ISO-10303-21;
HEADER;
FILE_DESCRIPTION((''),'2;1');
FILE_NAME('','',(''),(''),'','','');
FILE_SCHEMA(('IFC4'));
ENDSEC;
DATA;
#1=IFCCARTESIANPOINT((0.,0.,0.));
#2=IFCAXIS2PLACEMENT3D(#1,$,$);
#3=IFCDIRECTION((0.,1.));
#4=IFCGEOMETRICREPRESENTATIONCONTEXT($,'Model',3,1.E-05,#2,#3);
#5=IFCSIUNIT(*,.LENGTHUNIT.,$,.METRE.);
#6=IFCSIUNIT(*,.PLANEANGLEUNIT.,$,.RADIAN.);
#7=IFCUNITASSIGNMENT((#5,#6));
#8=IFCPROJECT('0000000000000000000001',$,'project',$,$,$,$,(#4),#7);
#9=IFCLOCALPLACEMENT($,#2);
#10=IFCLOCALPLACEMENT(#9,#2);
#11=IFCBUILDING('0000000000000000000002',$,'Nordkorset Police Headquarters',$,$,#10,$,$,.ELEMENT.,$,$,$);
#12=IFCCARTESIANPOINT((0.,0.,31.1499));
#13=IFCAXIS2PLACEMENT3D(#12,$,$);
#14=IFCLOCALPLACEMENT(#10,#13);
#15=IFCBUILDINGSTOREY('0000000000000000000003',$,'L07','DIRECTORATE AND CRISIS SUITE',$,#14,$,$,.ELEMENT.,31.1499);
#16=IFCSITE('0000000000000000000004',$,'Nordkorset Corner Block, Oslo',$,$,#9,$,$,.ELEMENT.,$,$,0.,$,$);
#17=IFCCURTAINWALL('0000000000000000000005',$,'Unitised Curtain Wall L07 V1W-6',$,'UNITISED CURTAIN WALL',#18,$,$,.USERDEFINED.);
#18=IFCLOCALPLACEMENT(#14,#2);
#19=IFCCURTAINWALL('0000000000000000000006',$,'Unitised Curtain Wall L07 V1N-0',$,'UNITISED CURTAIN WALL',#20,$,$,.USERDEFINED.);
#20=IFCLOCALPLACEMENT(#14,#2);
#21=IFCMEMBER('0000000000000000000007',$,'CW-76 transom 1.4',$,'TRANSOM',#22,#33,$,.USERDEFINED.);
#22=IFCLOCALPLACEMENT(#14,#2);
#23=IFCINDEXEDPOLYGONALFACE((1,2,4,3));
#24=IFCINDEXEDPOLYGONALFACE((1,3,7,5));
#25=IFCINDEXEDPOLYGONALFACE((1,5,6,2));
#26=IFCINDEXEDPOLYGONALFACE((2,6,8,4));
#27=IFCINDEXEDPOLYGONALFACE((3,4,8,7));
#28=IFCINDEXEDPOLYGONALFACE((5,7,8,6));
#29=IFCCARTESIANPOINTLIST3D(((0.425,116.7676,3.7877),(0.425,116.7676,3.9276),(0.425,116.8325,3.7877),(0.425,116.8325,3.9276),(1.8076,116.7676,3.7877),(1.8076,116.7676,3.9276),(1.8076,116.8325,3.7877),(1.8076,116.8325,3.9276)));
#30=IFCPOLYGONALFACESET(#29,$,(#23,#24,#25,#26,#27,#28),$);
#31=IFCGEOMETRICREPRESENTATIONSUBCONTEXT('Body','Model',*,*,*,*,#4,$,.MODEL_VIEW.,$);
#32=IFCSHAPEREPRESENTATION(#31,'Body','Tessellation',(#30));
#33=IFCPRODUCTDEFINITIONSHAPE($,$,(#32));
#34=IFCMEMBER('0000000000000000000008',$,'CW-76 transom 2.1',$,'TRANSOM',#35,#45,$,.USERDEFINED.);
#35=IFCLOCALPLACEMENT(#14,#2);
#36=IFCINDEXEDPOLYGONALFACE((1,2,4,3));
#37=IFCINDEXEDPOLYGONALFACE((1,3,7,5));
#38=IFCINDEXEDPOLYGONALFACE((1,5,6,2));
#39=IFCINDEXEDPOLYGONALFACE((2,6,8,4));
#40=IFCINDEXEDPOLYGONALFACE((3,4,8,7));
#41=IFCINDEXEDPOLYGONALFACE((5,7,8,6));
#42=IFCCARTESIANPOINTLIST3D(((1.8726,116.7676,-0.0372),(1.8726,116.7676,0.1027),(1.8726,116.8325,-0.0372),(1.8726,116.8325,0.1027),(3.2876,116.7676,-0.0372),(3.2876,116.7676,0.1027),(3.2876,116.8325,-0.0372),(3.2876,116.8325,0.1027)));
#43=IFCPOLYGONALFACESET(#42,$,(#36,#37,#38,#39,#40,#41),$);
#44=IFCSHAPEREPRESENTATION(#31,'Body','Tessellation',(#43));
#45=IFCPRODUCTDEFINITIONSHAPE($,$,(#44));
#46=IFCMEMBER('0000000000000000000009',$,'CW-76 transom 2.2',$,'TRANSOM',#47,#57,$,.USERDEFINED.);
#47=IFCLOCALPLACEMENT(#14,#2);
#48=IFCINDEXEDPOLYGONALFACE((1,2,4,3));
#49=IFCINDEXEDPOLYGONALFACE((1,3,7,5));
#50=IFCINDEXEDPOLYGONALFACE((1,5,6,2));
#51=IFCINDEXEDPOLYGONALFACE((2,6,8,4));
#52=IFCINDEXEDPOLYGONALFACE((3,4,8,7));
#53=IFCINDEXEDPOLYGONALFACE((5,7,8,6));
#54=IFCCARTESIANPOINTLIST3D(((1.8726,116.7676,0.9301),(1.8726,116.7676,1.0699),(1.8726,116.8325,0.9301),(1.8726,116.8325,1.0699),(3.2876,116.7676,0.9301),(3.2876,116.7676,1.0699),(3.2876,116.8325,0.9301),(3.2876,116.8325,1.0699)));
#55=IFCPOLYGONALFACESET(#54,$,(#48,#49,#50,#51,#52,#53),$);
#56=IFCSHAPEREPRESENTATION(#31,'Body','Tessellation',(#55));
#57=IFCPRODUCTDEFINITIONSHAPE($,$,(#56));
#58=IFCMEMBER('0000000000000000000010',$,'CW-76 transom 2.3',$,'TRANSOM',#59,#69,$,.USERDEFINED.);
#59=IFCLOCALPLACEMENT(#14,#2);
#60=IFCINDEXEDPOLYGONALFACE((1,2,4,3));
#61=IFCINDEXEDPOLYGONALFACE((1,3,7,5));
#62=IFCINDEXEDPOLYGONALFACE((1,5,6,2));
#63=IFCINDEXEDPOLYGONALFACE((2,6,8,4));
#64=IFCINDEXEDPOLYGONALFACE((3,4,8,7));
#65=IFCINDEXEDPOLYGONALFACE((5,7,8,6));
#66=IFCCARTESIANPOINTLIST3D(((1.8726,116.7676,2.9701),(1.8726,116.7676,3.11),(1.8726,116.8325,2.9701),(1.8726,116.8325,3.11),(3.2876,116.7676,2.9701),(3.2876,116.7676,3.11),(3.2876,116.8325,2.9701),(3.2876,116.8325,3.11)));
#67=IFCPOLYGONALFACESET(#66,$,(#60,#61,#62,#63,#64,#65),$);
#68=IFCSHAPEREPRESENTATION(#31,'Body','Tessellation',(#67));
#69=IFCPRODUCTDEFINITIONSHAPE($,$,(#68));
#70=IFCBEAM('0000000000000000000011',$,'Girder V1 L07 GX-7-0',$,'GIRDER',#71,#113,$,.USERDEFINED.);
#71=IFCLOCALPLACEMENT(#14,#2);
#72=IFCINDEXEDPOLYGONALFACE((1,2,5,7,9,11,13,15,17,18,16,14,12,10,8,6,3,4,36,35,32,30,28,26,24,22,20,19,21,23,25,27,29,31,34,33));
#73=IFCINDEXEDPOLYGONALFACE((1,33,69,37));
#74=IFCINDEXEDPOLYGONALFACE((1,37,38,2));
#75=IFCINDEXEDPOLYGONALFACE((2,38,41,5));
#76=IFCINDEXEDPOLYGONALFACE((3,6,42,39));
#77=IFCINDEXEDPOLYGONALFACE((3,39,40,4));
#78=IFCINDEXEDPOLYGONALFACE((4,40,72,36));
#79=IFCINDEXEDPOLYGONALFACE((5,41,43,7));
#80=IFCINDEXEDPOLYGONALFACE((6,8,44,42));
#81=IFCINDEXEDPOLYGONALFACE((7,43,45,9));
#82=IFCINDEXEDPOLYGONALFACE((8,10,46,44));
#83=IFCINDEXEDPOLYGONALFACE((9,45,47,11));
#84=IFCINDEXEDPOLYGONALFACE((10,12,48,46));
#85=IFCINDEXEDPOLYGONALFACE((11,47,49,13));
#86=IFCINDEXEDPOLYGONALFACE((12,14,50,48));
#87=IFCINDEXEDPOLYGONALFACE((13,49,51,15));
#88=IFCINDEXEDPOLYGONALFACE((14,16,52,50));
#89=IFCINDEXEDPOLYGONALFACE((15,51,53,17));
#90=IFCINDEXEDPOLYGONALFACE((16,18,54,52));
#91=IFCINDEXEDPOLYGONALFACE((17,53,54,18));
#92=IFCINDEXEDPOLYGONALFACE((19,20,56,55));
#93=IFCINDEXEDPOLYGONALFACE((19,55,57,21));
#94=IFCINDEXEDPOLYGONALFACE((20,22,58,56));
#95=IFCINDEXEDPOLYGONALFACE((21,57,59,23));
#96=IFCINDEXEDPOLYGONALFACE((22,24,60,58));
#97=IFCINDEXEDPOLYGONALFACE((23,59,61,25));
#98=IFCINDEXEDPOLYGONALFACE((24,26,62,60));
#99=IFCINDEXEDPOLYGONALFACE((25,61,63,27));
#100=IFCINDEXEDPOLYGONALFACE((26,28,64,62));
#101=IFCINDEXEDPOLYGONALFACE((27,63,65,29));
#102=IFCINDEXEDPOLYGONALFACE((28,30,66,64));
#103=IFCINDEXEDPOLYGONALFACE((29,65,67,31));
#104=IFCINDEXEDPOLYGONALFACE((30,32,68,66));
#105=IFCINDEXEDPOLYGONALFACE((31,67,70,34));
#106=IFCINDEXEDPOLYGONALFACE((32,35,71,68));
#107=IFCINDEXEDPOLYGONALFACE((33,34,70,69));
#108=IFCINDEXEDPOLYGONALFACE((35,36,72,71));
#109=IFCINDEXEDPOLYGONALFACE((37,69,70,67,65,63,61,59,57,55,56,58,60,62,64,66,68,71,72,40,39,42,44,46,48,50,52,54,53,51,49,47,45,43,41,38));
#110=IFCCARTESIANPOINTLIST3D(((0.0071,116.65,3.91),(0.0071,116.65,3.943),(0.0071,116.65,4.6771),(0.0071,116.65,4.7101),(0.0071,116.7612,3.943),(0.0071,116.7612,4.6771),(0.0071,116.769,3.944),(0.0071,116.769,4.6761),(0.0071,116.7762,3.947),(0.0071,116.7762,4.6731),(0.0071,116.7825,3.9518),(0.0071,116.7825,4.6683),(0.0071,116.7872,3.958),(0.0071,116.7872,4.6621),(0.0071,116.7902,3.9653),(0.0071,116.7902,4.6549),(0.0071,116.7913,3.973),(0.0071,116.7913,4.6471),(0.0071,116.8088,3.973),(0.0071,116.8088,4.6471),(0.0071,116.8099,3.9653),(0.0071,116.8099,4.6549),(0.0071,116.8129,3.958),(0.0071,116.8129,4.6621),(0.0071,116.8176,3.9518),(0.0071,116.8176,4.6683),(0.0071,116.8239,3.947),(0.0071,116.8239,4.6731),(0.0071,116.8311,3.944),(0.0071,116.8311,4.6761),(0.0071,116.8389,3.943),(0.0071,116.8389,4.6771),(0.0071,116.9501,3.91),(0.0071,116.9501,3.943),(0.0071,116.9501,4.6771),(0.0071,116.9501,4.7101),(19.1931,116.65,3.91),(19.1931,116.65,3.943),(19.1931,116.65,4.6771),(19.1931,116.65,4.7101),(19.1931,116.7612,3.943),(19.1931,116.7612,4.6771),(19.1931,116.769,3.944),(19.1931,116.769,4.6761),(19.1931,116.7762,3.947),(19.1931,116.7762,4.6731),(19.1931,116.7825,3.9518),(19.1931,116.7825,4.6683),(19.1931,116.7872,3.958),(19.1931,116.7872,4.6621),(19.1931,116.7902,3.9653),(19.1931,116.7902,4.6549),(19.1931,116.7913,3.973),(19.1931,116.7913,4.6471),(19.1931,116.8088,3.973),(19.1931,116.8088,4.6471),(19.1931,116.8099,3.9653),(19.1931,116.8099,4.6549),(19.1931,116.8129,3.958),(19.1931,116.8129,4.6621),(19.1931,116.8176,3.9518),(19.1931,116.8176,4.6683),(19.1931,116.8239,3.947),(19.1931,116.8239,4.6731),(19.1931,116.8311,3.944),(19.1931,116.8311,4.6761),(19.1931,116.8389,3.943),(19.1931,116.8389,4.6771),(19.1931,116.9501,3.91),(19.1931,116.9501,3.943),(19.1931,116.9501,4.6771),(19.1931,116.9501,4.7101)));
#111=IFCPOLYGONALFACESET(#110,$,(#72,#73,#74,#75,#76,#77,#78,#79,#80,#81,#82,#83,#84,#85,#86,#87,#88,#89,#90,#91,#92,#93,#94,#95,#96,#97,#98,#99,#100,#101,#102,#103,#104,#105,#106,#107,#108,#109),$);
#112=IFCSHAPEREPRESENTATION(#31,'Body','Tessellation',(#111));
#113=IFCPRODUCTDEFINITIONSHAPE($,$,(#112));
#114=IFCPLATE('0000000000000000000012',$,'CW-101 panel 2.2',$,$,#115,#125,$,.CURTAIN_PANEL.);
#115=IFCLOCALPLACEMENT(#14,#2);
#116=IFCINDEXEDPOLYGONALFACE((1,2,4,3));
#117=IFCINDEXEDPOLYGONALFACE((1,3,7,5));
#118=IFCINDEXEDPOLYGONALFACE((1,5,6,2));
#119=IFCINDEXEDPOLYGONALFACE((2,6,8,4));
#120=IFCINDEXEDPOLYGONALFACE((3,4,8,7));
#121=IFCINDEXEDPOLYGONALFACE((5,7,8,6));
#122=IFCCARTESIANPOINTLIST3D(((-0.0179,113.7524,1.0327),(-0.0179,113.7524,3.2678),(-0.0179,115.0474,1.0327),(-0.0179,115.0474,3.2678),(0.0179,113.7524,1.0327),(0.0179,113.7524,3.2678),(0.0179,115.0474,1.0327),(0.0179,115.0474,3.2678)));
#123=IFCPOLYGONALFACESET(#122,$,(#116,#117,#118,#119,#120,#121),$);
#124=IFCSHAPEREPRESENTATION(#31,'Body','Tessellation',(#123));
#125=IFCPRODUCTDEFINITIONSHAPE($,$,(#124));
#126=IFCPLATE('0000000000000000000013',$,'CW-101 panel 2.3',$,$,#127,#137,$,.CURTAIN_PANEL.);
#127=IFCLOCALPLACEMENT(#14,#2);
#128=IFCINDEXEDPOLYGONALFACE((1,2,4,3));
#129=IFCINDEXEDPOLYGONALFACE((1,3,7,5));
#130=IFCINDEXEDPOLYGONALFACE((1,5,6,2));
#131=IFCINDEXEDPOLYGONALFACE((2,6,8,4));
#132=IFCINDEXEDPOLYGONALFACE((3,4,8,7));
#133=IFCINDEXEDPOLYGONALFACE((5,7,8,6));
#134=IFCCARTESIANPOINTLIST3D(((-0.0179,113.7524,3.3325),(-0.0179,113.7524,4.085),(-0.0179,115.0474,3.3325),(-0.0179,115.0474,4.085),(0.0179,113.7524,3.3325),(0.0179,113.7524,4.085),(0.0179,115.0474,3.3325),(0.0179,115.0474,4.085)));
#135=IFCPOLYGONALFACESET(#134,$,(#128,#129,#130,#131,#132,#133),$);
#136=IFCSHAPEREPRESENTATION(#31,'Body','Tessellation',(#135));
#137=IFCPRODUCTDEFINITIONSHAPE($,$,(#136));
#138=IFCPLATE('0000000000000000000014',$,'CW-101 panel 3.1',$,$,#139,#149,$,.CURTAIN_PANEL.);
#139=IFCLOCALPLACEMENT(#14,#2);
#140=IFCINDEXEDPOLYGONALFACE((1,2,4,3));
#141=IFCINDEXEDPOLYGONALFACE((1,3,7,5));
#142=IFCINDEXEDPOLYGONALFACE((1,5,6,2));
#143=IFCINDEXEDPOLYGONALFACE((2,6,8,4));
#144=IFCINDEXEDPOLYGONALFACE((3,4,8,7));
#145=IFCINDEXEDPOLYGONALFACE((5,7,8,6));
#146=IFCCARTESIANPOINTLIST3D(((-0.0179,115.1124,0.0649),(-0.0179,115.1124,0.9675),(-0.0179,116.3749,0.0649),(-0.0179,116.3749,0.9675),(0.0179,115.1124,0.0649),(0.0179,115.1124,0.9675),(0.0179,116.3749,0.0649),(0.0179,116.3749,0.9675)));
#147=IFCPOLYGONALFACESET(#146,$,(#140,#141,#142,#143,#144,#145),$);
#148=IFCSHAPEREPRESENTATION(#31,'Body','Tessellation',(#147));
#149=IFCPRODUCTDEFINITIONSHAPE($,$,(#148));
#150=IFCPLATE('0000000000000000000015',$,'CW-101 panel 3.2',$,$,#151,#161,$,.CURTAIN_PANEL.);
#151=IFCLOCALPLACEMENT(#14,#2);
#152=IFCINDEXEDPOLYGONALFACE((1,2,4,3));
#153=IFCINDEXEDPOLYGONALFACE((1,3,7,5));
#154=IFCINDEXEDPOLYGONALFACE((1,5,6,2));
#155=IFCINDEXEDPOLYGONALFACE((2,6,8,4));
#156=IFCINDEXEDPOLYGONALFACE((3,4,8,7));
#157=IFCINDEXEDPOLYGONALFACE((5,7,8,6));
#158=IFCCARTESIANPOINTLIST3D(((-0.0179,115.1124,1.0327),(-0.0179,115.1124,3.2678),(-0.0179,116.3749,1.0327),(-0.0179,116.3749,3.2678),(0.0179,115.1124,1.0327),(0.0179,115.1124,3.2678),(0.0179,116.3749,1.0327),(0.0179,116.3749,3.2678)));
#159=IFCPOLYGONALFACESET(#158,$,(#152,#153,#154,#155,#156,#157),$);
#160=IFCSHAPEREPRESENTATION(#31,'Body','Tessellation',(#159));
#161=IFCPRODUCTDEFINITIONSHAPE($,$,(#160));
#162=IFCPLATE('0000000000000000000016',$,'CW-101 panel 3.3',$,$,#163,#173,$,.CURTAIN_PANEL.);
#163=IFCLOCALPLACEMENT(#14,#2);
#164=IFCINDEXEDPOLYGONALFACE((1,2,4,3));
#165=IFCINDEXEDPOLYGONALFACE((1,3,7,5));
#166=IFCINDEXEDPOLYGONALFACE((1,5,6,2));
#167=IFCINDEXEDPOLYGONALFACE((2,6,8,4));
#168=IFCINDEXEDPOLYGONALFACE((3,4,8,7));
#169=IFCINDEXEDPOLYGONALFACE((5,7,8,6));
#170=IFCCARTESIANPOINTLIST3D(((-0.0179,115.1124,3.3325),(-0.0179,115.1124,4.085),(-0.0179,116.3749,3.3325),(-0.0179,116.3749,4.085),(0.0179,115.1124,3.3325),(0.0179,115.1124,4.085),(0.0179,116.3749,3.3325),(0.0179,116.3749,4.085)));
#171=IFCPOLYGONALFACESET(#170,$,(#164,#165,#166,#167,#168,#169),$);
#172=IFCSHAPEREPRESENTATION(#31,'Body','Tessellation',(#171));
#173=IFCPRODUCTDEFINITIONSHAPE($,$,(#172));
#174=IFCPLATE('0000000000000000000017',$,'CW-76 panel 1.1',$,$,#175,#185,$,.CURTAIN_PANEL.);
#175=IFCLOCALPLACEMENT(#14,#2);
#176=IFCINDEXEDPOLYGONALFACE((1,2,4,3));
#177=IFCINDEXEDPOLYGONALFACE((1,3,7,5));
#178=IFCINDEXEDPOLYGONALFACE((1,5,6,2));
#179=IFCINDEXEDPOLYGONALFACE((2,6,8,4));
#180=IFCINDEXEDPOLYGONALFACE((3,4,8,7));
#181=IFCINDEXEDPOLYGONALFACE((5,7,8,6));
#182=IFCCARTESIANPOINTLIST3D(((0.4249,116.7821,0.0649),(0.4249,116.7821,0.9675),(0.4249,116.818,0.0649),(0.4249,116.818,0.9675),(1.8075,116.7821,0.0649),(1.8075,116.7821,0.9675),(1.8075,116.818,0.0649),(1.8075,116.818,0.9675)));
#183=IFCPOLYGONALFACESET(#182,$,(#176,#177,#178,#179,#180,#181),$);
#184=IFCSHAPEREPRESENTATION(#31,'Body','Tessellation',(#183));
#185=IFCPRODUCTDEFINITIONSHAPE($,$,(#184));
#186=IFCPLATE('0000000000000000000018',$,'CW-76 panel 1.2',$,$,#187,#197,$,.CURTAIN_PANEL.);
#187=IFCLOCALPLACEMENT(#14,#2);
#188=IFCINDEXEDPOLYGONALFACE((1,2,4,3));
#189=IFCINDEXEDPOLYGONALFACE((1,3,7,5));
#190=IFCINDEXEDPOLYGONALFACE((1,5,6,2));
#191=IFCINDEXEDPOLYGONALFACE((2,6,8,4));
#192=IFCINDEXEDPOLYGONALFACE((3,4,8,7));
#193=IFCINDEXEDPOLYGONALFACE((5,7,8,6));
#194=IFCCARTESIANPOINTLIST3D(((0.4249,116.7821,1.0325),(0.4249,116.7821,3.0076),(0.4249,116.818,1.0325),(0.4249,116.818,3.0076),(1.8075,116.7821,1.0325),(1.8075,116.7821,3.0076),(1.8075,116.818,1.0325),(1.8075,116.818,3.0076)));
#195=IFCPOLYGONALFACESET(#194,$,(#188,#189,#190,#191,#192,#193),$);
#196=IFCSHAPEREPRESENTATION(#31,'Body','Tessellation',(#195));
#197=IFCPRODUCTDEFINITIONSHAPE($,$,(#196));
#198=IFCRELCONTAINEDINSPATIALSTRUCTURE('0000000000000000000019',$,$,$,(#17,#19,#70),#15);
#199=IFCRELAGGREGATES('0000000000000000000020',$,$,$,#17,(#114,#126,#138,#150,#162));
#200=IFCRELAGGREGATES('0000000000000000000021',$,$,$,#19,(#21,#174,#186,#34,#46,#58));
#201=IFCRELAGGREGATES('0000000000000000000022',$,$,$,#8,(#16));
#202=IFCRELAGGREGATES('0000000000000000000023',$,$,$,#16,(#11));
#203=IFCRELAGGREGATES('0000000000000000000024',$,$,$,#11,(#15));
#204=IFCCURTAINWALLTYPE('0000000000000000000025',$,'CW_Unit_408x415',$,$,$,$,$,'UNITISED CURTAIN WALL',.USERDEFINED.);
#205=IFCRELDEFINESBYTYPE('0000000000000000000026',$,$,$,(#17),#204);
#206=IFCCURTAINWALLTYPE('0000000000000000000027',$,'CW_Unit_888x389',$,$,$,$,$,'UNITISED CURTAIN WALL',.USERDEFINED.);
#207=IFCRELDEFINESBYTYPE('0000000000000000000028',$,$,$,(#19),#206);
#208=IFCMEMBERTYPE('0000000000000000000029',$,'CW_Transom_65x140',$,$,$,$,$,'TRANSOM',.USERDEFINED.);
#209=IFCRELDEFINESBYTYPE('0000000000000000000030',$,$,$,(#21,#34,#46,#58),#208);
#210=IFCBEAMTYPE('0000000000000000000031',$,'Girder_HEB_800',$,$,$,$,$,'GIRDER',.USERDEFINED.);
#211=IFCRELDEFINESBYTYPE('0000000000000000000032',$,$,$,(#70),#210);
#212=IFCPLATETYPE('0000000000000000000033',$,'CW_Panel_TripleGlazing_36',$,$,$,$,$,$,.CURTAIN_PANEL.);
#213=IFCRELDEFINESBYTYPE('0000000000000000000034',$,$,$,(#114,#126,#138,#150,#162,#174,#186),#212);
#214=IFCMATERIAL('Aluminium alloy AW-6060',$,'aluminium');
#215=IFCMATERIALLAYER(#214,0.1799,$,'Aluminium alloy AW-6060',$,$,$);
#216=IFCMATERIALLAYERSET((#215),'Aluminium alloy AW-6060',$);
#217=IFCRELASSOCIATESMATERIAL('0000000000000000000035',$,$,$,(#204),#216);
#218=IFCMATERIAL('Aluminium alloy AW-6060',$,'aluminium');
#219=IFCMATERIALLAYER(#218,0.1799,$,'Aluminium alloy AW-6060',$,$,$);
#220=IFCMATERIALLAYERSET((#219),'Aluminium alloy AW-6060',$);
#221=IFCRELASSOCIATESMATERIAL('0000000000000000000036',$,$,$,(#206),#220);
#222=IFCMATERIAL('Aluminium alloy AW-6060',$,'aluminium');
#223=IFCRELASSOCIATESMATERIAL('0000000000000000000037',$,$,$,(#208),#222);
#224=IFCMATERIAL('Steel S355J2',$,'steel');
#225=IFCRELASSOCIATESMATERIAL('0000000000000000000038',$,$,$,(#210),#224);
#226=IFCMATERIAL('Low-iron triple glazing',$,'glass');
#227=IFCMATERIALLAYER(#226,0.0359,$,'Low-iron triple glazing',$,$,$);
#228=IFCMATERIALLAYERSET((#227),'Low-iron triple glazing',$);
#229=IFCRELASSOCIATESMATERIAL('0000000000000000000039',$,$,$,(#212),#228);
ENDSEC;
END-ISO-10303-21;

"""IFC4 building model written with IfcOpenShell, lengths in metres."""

from ifc_helpers import new_model, si_unit, direction, frame, origin, origin_2d, place, context, subcontext, project, spatial, rectangle, i_section, extrude, material, layer, layer_set, material_profile, profile_set, type_object, element, aggregate, save


model = new_model("IFC4")

# Units and contexts
model_context = context("Model", 3, precision=1e-05, world=origin(), true_north=direction((0.0, 1.0)))
body_context = subcontext(model_context, "Body", "Model", "MODEL_VIEW")
ifc_project = project(units=[si_unit("LENGTHUNIT", "METRE"), si_unit("PLANEANGLEUNIT", "RADIAN")], contexts=[model_context])

# Site, building, storey
site_placement = place(None, origin())
site = spatial("IfcSite", under=ifc_project, at=site_placement, Name="Nordkorset Corner Block, Oslo", CompositionType="ELEMENT", RefElevation=0.0)
building_placement = place(site_placement, origin())
building = spatial("IfcBuilding", under=site, at=building_placement, Name="Nordkorset Police Headquarters", CompositionType="ELEMENT")
storey_placement = place(building_placement, frame((0.0, 0.0, 31.1499)))
storey = spatial("IfcBuildingStorey", under=building, at=storey_placement, Name="L07", Description="DIRECTORATE AND CRISIS SUITE", CompositionType="ELEMENT", Elevation=31.1499)

# Curtain walls
ifc_material_1 = material(Name="Aluminium alloy AW-6060", Category="aluminium")
ifc_layer_1 = layer(ifc_material_1, 0.1799, Name="Aluminium alloy AW-6060")
ifc_layer_set_1 = layer_set([ifc_layer_1], Name="Aluminium alloy AW-6060")
curtain_wall_type_1 = type_object("IfcCurtainWallType", Name="CW_Unit_408x415", ElementType="UNITISED CURTAIN WALL", PredefinedType="USERDEFINED", material=ifc_layer_set_1)
curtain_wall_1_placement = place(storey_placement, origin())
curtain_wall_1 = element("IfcCurtainWall", 1, at=curtain_wall_1_placement, inside=storey, type_object=curtain_wall_type_1, Name="Unitised Curtain Wall L07 V1W-6", ObjectType="UNITISED CURTAIN WALL", PredefinedType="USERDEFINED")
ifc_material_2 = material(Name="Aluminium alloy AW-6060", Category="aluminium")
ifc_layer_2 = layer(ifc_material_2, 0.1799, Name="Aluminium alloy AW-6060")
ifc_layer_set_2 = layer_set([ifc_layer_2], Name="Aluminium alloy AW-6060")
curtain_wall_type_2 = type_object("IfcCurtainWallType", Name="CW_Unit_888x389", ElementType="UNITISED CURTAIN WALL", PredefinedType="USERDEFINED", material=ifc_layer_set_2)
curtain_wall_2_placement = place(storey_placement, origin())
curtain_wall_2 = element("IfcCurtainWall", 2, at=curtain_wall_2_placement, inside=storey, type_object=curtain_wall_type_2, Name="Unitised Curtain Wall L07 V1N-0", ObjectType="UNITISED CURTAIN WALL", PredefinedType="USERDEFINED")

# Members
ifc_material_3 = material(Name="Aluminium alloy AW-6060", Category="aluminium")
ifc_material_profile_1 = material_profile(ifc_material_3, rectangle(XDim=0.0649, YDim=0.1399, at=origin_2d()), Name="ALU TRAN 65x140")
ifc_profile_set_1 = profile_set([ifc_material_profile_1], Name="Aluminium alloy AW-6060")
member_type_1 = type_object("IfcMemberType", Name="CW_Transom_65x140", ElementType="TRANSOM", PredefinedType="USERDEFINED", material=ifc_profile_set_1)
member_1_placement = place(storey_placement, frame((0.425, 116.8, 3.8577), z_axis=(1.0, 0.0, 0.0), x_axis=(0.0, 1.0, 0.0)))
member_1 = element("IfcMember", 3, at=member_1_placement, type_object=member_type_1, Name="CW-76 transom 1.4", ObjectType="TRANSOM", PredefinedType="USERDEFINED", context=body_context, shape_type="SweptSolid", body=[
    extrude(rectangle(XDim=0.0649, YDim=0.1399, at=origin_2d()), origin(), (0.0, 0.0, 1.0), 1.3826),
])
member_2_placement = place(storey_placement, frame((1.8726, 116.8, 0.0327), z_axis=(1.0, 0.0, 0.0), x_axis=(0.0, 1.0, 0.0)))
member_2 = element("IfcMember", 4, at=member_2_placement, type_object=member_type_1, Name="CW-76 transom 2.1", ObjectType="TRANSOM", PredefinedType="USERDEFINED", context=body_context, shape_type="SweptSolid", body=[
    extrude(rectangle(XDim=0.0649, YDim=0.1399, at=origin_2d()), origin(), (0.0, 0.0, 1.0), 1.415),
])
member_3_placement = place(storey_placement, frame((1.8726, 116.8, 1.0), z_axis=(1.0, 0.0, 0.0), x_axis=(0.0, 1.0, 0.0)))
member_3 = element("IfcMember", 5, at=member_3_placement, type_object=member_type_1, Name="CW-76 transom 2.2", ObjectType="TRANSOM", PredefinedType="USERDEFINED", context=body_context, shape_type="SweptSolid", body=[
    extrude(rectangle(XDim=0.0649, YDim=0.1399, at=origin_2d()), origin(), (0.0, 0.0, 1.0), 1.415),
])
member_4_placement = place(storey_placement, frame((1.8726, 116.8, 3.04), z_axis=(1.0, 0.0, 0.0), x_axis=(0.0, 1.0, 0.0)))
member_4 = element("IfcMember", 6, at=member_4_placement, type_object=member_type_1, Name="CW-76 transom 2.3", ObjectType="TRANSOM", PredefinedType="USERDEFINED", context=body_context, shape_type="SweptSolid", body=[
    extrude(rectangle(XDim=0.0649, YDim=0.1399, at=origin_2d()), origin(), (0.0, 0.0, 1.0), 1.415),
])

# Beam
ifc_material_4 = material(Name="Steel S355J2", Category="steel")
ifc_material_profile_2 = material_profile(ifc_material_4, i_section(OverallWidth=0.3, OverallDepth=0.8, WebThickness=0.0176, FlangeThickness=0.033, FilletRadius=0.03, at=origin_2d()), Name="HEB 800")
ifc_profile_set_2 = profile_set([ifc_material_profile_2], Name="Steel S355J2")
beam_type = type_object("IfcBeamType", Name="Girder_HEB_800", ElementType="GIRDER", PredefinedType="USERDEFINED", material=ifc_profile_set_2)
beam_placement = place(storey_placement, frame((0.0071, 116.8, 4.3101), z_axis=(1.0, 0.0, 0.0), x_axis=(0.0, 1.0, 0.0)))
element("IfcBeam", 7, at=beam_placement, inside=storey, type_object=beam_type, Name="Girder V1 L07 GX-7-0", ObjectType="GIRDER", PredefinedType="USERDEFINED", context=body_context, shape_type="SweptSolid", body=[
    extrude(i_section(OverallWidth=0.3, OverallDepth=0.8, WebThickness=0.0176, FlangeThickness=0.033, FilletRadius=0.03, at=origin_2d()), origin(), (0.0, 0.0, 1.0), 19.186),
])

# Plates
ifc_material_5 = material(Name="Low-iron triple glazing", Category="glass")
ifc_layer_3 = layer(ifc_material_5, 0.0359, Name="Low-iron triple glazing")
ifc_layer_set_3 = layer_set([ifc_layer_3], Name="Low-iron triple glazing")
plate_type = type_object("IfcPlateType", Name="CW_Panel_TripleGlazing_36", PredefinedType="CURTAIN_PANEL", material=ifc_layer_set_3)
plate_1_placement = place(storey_placement, frame((0.0, 114.3999, 1.0327), z_axis=(0.0, 0.0, 1.0), x_axis=(0.0, 1.0, 0.0)))
plate_1 = element("IfcPlate", 8, at=plate_1_placement, type_object=plate_type, Name="CW-101 panel 2.2", PredefinedType="CURTAIN_PANEL", context=body_context, shape_type="SweptSolid", body=[
    extrude(rectangle(XDim=1.2949, YDim=0.0359, at=origin_2d()), origin(), (0.0, 0.0, 1.0), 2.2351),
])
plate_2_placement = place(storey_placement, frame((0.0, 114.3999, 3.3325), z_axis=(0.0, 0.0, 1.0), x_axis=(0.0, 1.0, 0.0)))
plate_2 = element("IfcPlate", 9, at=plate_2_placement, type_object=plate_type, Name="CW-101 panel 2.3", PredefinedType="CURTAIN_PANEL", context=body_context, shape_type="SweptSolid", body=[
    extrude(rectangle(XDim=1.2949, YDim=0.0359, at=origin_2d()), origin(), (0.0, 0.0, 1.0), 0.7524),
])
plate_3_placement = place(storey_placement, frame((0.0, 115.7437, 0.0649), z_axis=(0.0, 0.0, 1.0), x_axis=(0.0, 1.0, 0.0)))
plate_3 = element("IfcPlate", 10, at=plate_3_placement, type_object=plate_type, Name="CW-101 panel 3.1", PredefinedType="CURTAIN_PANEL", context=body_context, shape_type="SweptSolid", body=[
    extrude(rectangle(XDim=1.2625, YDim=0.0359, at=origin_2d()), origin(), (0.0, 0.0, 1.0), 0.9026),
])
plate_4_placement = place(storey_placement, frame((0.0, 115.7437, 1.0327), z_axis=(0.0, 0.0, 1.0), x_axis=(0.0, 1.0, 0.0)))
plate_4 = element("IfcPlate", 11, at=plate_4_placement, type_object=plate_type, Name="CW-101 panel 3.2", PredefinedType="CURTAIN_PANEL", context=body_context, shape_type="SweptSolid", body=[
    extrude(rectangle(XDim=1.2625, YDim=0.0359, at=origin_2d()), origin(), (0.0, 0.0, 1.0), 2.2351),
])
plate_5_placement = place(storey_placement, frame((0.0, 115.7437, 3.3325), z_axis=(0.0, 0.0, 1.0), x_axis=(0.0, 1.0, 0.0)))
plate_5 = element("IfcPlate", 12, at=plate_5_placement, type_object=plate_type, Name="CW-101 panel 3.3", PredefinedType="CURTAIN_PANEL", context=body_context, shape_type="SweptSolid", body=[
    extrude(rectangle(XDim=1.2625, YDim=0.0359, at=origin_2d()), origin(), (0.0, 0.0, 1.0), 0.7524),
])
aggregate(curtain_wall_1, [plate_1, plate_2, plate_3, plate_4, plate_5])
plate_6_placement = place(storey_placement, frame((1.1162, 116.8, 0.0649), z_axis=(0.0, 0.0, 1.0), x_axis=(1.0, 0.0, 0.0)))
plate_6 = element("IfcPlate", 13, at=plate_6_placement, type_object=plate_type, Name="CW-76 panel 1.1", PredefinedType="CURTAIN_PANEL", context=body_context, shape_type="SweptSolid", body=[
    extrude(rectangle(XDim=1.3826, YDim=0.0359, at=origin_2d()), origin(), (0.0, 0.0, 1.0), 0.9026),
])
plate_7_placement = place(storey_placement, frame((1.1162, 116.8, 1.0325), z_axis=(0.0, 0.0, 1.0), x_axis=(1.0, 0.0, 0.0)))
plate_7 = element("IfcPlate", 14, at=plate_7_placement, type_object=plate_type, Name="CW-76 panel 1.2", PredefinedType="CURTAIN_PANEL", context=body_context, shape_type="SweptSolid", body=[
    extrude(rectangle(XDim=1.3826, YDim=0.0359, at=origin_2d()), origin(), (0.0, 0.0, 1.0), 1.9751),
])
aggregate(curtain_wall_2, [member_1, plate_6, plate_7, member_2, member_3, member_4])

save(model, "model.ifc")
